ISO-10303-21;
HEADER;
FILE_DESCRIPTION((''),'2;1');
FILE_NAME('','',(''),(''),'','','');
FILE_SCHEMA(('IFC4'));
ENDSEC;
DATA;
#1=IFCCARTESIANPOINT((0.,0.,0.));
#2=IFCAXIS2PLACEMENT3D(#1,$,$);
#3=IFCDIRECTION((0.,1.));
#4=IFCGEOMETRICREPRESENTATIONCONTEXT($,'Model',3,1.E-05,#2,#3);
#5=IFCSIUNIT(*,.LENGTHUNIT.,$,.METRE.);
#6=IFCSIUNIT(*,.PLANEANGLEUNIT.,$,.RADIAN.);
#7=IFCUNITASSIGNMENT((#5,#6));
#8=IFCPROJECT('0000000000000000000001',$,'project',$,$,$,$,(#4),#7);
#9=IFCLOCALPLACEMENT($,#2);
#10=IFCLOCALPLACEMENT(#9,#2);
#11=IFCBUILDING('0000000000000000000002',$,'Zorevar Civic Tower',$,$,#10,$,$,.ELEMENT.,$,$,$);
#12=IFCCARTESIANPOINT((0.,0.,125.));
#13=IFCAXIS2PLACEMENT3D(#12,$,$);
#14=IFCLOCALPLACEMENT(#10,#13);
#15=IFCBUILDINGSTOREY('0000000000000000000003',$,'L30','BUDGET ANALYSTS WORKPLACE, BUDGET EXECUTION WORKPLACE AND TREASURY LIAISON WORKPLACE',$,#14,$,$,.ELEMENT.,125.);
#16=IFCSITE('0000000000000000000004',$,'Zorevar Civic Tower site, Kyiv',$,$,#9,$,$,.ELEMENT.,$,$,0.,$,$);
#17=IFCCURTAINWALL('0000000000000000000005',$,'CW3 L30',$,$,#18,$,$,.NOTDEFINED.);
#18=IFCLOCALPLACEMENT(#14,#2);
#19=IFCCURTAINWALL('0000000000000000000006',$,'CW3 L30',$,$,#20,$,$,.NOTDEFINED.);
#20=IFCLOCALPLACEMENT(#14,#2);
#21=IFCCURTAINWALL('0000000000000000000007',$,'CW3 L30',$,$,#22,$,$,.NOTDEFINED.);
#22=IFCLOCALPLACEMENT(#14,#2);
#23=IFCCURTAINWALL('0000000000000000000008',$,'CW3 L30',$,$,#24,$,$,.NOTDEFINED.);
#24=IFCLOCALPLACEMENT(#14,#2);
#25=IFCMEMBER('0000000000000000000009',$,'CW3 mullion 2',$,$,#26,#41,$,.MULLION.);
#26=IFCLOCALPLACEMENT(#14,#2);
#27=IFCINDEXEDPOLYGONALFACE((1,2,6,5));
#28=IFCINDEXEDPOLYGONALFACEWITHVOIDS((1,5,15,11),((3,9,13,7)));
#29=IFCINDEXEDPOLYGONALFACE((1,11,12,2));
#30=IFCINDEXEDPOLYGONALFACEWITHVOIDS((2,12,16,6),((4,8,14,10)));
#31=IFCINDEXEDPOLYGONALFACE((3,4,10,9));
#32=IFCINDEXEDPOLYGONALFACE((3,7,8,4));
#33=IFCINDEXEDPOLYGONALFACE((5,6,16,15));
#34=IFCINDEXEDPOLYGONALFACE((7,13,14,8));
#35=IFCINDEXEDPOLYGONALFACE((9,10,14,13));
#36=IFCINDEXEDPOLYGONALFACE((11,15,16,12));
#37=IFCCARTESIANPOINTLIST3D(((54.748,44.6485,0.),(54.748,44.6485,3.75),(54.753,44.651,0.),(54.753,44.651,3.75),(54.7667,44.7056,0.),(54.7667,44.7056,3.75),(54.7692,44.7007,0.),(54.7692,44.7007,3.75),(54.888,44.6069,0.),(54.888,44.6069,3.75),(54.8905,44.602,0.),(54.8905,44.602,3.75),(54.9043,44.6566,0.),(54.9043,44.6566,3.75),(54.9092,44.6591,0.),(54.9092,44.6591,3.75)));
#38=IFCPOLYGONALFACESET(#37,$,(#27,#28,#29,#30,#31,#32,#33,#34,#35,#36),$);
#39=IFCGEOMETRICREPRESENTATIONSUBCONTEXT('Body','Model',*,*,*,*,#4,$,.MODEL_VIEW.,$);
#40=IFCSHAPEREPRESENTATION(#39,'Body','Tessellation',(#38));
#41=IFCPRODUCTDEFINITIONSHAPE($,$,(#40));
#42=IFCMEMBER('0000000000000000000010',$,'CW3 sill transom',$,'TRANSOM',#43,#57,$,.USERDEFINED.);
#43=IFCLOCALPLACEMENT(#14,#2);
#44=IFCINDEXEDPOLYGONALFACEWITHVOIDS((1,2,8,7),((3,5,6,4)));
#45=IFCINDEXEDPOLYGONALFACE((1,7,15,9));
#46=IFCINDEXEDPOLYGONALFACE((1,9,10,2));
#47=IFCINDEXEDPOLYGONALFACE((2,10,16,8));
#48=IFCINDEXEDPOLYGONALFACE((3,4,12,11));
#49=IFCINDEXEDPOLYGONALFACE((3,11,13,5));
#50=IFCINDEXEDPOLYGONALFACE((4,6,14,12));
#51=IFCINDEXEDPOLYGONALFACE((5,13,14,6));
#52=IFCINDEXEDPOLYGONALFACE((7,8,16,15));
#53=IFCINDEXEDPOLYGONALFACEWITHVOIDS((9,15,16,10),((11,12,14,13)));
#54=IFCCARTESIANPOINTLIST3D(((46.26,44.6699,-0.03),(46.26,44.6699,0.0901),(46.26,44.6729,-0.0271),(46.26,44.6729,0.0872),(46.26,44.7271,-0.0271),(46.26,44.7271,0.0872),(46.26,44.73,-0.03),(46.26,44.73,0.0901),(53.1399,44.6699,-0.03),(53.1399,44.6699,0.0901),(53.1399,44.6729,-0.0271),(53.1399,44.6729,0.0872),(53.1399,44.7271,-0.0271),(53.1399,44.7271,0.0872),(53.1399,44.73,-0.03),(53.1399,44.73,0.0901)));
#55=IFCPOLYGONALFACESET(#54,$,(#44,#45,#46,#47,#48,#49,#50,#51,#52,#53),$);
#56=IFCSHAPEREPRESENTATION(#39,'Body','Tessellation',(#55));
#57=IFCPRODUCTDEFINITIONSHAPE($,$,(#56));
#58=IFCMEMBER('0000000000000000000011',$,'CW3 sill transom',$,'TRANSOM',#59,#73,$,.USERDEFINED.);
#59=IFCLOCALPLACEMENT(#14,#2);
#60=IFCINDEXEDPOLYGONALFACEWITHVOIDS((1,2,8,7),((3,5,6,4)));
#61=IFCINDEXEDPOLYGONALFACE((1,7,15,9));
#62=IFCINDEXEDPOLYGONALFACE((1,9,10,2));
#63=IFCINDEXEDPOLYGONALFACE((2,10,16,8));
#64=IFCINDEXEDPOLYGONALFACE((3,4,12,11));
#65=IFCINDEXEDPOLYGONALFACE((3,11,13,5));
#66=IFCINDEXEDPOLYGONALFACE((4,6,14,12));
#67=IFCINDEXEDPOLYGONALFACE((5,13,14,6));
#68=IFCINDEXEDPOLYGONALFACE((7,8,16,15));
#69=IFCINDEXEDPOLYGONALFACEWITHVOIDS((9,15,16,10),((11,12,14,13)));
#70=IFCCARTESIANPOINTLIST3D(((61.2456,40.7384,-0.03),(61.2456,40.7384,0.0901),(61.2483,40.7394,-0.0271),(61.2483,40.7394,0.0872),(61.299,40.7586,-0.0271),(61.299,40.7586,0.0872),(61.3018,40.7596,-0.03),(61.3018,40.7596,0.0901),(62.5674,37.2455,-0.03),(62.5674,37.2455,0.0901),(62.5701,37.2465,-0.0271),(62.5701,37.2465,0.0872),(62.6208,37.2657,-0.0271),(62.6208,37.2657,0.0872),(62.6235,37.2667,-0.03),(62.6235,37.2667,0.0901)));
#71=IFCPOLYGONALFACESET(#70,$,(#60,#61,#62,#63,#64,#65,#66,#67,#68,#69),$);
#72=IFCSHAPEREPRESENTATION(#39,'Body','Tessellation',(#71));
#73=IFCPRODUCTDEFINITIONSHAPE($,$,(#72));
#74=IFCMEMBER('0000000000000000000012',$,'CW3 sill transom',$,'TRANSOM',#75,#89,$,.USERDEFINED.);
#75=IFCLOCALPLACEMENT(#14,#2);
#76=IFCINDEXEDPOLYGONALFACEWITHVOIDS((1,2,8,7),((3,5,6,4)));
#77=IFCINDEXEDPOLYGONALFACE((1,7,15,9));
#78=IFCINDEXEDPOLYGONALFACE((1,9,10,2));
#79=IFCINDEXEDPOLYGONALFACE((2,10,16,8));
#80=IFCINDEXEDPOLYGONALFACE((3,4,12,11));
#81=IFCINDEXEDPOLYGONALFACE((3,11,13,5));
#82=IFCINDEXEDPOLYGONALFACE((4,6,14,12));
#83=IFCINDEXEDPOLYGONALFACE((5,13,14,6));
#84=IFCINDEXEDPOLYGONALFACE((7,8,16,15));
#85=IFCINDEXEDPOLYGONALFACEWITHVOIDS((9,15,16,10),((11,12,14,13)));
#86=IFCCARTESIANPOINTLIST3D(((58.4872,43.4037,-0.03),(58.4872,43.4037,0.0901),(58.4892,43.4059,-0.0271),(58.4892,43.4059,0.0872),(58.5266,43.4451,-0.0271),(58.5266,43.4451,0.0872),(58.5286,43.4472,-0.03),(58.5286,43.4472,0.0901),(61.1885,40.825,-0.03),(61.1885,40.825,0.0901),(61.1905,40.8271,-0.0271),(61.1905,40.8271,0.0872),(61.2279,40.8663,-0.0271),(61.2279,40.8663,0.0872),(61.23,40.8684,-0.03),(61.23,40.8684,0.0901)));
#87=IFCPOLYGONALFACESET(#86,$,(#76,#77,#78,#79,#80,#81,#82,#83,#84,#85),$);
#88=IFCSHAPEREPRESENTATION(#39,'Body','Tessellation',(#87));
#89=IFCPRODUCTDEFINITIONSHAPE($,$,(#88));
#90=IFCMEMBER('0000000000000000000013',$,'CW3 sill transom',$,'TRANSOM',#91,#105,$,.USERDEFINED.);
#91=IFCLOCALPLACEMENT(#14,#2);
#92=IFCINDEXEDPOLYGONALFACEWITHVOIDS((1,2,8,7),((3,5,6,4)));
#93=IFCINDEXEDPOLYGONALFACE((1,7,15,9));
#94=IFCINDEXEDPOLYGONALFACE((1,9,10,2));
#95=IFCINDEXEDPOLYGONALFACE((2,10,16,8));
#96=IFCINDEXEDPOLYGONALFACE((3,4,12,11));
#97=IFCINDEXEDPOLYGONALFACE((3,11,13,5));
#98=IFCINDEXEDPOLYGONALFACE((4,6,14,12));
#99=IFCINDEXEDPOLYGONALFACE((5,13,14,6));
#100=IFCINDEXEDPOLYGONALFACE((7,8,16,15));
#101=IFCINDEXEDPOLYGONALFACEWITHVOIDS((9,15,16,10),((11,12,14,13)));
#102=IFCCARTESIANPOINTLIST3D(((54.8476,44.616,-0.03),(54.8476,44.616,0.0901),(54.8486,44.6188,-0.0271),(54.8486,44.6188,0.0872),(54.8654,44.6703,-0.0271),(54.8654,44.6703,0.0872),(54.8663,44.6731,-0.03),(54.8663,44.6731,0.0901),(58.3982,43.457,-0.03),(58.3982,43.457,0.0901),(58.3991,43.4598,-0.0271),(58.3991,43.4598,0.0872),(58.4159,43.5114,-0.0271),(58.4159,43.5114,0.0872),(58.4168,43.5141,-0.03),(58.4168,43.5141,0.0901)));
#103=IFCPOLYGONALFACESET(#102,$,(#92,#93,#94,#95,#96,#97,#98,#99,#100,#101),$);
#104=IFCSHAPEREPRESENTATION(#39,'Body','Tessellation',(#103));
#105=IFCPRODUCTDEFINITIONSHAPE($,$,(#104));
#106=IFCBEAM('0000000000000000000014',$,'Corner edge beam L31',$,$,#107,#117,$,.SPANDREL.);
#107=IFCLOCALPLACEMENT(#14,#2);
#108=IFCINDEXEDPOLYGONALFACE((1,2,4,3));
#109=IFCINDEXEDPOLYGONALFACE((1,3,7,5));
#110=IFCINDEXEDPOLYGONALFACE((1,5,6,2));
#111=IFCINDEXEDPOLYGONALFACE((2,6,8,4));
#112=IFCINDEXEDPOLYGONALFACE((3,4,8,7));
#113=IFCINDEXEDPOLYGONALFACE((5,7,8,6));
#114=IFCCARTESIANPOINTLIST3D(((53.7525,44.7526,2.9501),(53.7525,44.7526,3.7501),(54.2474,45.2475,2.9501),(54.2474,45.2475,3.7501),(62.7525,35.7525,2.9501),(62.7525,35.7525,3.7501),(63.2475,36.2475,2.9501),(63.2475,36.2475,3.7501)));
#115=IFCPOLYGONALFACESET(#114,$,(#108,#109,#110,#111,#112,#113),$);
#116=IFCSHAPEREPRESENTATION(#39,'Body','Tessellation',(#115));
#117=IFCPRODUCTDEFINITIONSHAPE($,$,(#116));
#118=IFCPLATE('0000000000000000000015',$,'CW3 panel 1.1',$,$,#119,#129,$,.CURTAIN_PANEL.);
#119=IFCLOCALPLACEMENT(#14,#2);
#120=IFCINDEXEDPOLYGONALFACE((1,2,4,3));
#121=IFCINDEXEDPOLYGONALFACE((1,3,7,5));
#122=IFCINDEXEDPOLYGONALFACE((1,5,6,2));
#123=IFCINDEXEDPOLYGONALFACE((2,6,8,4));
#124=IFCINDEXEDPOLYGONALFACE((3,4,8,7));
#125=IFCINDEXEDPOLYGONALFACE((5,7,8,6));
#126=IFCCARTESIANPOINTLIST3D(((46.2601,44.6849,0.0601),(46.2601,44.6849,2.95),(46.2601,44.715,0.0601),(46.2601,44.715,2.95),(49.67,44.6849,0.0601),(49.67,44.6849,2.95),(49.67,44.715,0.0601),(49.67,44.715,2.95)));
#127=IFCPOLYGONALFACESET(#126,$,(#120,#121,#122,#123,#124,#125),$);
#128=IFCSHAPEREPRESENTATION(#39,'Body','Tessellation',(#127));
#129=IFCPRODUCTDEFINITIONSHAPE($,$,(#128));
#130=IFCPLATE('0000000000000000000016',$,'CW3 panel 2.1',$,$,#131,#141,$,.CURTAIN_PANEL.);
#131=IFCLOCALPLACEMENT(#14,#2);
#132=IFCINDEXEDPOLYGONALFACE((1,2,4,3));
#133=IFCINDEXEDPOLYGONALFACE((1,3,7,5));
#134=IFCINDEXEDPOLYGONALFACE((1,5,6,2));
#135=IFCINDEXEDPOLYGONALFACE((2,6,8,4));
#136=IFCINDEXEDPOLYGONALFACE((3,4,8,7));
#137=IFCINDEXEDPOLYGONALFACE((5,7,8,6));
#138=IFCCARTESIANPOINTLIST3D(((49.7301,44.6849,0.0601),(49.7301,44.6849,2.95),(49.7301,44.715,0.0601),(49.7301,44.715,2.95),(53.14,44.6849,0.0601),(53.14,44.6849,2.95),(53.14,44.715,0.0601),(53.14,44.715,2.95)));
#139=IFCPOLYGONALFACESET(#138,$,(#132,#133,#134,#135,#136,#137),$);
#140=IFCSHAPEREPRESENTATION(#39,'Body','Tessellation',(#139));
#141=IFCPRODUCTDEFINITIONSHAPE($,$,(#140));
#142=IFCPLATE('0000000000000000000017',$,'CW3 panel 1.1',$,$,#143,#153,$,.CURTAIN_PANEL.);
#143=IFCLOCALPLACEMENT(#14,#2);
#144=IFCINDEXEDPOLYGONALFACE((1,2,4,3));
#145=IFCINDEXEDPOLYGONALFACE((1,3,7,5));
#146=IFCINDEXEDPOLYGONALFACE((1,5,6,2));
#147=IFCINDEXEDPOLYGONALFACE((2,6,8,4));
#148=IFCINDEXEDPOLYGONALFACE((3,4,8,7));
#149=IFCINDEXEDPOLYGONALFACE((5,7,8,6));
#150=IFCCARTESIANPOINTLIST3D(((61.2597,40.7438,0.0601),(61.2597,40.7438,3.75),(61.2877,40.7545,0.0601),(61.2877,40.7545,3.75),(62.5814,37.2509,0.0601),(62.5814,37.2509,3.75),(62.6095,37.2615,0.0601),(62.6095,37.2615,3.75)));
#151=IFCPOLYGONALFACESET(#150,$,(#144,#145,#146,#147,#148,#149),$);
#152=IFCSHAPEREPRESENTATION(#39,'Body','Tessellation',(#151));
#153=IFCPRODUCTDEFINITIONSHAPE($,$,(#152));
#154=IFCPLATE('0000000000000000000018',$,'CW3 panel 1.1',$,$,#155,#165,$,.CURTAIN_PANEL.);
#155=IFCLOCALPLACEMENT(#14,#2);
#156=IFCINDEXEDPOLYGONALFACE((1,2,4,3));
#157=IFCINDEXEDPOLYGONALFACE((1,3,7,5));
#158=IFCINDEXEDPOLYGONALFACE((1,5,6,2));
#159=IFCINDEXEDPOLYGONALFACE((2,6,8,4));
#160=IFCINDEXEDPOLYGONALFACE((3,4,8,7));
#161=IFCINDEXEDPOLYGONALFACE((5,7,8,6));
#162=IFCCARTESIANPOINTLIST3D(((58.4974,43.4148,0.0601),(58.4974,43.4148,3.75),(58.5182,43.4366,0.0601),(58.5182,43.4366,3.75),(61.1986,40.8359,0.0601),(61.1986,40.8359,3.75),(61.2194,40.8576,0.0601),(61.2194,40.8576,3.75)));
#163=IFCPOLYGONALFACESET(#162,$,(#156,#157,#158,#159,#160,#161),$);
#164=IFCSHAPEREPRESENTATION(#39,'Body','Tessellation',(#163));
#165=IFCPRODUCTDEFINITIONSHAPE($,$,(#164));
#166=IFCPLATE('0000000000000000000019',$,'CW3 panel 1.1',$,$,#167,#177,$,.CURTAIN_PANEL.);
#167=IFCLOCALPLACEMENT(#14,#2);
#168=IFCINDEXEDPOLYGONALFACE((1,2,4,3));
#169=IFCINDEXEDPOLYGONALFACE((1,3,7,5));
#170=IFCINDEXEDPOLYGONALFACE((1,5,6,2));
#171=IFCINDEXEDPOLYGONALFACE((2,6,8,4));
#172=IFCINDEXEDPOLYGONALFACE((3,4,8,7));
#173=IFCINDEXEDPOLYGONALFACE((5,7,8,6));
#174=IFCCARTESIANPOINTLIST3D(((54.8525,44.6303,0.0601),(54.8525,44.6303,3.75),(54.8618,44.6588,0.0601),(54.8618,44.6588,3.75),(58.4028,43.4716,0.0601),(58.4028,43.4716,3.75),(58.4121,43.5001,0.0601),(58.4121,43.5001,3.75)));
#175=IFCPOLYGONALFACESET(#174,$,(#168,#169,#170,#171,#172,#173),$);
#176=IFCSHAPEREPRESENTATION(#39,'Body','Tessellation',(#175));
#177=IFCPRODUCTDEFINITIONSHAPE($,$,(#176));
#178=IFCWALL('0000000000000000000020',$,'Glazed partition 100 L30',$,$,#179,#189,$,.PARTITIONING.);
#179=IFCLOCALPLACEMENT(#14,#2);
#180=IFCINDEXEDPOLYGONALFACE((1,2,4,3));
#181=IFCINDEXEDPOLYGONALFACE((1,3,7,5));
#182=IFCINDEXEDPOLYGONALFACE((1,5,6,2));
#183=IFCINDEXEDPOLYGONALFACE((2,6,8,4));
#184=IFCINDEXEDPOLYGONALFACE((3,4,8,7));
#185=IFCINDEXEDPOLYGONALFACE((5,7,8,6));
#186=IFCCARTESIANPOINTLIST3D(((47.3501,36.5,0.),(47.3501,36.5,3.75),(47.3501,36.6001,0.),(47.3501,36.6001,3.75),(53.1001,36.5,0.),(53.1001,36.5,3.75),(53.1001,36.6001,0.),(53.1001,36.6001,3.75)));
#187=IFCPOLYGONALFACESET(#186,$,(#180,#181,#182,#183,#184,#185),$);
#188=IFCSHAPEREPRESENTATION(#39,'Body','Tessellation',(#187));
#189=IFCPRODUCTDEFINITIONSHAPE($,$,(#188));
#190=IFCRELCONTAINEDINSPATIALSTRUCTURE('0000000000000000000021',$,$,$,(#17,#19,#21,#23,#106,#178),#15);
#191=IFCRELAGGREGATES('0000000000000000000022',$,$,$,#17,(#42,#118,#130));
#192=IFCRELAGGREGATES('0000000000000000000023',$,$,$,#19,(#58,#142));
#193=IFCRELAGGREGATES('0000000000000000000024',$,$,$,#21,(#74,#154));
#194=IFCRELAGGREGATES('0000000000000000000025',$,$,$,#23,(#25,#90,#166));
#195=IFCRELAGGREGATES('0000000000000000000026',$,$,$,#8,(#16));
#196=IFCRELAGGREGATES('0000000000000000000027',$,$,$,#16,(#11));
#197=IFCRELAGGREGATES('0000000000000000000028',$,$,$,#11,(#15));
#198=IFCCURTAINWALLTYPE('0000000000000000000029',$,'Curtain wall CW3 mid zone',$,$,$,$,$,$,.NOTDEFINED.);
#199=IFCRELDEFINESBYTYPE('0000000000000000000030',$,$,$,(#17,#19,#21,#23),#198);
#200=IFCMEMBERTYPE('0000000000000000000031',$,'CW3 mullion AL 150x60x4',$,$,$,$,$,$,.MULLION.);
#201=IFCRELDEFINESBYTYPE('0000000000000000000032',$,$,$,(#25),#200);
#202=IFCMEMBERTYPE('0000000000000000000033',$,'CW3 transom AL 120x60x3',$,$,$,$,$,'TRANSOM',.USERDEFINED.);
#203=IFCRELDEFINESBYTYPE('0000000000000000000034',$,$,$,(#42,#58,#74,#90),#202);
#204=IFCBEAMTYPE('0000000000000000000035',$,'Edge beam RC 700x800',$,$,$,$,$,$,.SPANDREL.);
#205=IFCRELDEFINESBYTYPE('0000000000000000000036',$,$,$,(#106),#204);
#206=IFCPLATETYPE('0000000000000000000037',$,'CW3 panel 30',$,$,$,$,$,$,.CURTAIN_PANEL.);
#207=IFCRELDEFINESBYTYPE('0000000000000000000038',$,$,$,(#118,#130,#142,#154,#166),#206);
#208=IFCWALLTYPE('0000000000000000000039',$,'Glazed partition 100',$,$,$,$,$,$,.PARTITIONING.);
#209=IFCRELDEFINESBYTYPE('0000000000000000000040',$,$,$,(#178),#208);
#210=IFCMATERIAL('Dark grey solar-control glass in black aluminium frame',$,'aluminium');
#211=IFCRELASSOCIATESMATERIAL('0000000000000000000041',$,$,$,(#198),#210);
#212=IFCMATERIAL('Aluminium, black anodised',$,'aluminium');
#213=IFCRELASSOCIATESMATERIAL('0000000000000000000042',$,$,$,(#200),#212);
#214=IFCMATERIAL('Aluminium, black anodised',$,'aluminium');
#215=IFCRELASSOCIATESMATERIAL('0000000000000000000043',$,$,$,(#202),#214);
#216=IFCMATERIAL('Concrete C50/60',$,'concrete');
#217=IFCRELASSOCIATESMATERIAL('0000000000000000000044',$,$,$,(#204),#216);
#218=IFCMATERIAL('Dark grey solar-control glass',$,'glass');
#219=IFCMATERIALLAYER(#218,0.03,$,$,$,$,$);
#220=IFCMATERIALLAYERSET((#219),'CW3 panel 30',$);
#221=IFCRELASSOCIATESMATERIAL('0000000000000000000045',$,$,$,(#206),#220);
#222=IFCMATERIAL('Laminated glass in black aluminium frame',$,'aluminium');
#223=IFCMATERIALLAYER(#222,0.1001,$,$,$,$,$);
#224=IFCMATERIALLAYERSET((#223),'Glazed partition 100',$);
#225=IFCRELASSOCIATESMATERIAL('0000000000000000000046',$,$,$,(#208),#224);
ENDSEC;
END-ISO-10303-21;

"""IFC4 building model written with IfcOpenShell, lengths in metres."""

from ifc_helpers import new_model, si_unit, direction, frame, frame_2d, origin, origin_2d, place, context, subcontext, project, spatial, rectangle, hollow_rectangle, extrude, material, layer, layer_set, material_profile, profile_set, type_object, element, aggregate, save


model = new_model("IFC4")

# Units and contexts
model_context = context("Model", 3, precision=1e-05, world=origin(), true_north=direction((0.0, 1.0)))
body_context = subcontext(model_context, "Body", "Model", "MODEL_VIEW")
ifc_project = project(units=[si_unit("LENGTHUNIT", "METRE"), si_unit("PLANEANGLEUNIT", "RADIAN")], contexts=[model_context])

# Site, building, storey
site_placement = place(None, origin())
site = spatial("IfcSite", under=ifc_project, at=site_placement, Name="Zorevar Civic Tower site, Kyiv", CompositionType="ELEMENT", RefElevation=0.0)
building_placement = place(site_placement, origin())
building = spatial("IfcBuilding", under=site, at=building_placement, Name="Zorevar Civic Tower", CompositionType="ELEMENT")
storey_placement = place(building_placement, frame((0.0, 0.0, 125.0)))
storey = spatial("IfcBuildingStorey", under=building, at=storey_placement, Name="L30", Description="BUDGET ANALYSTS WORKPLACE, BUDGET EXECUTION WORKPLACE AND TREASURY LIAISON WORKPLACE", CompositionType="ELEMENT", Elevation=125.0)

# Curtain walls, member
ifc_material_1 = material(Name="Dark grey solar-control glass in black aluminium frame", Category="aluminium")
curtain_wall_type = type_object("IfcCurtainWallType", Name="Curtain wall CW3 mid zone", PredefinedType="NOTDEFINED", material=ifc_material_1)
curtain_wall_1_placement = place(storey_placement, origin())
curtain_wall_1 = element("IfcCurtainWall", 1, at=curtain_wall_1_placement, inside=storey, type_object=curtain_wall_type, Name="CW3 L30", PredefinedType="NOTDEFINED")
ifc_material_2 = material(Name="Aluminium, black anodised", Category="aluminium")
ifc_material_profile_1 = material_profile(ifc_material_2, hollow_rectangle(XDim=0.0601, YDim=0.1499, WallThickness=0.0039, at=origin_2d()), Name="AL 150x60x4")
ifc_profile_set_1 = profile_set([ifc_material_profile_1], Name="Aluminium, black anodised")
member_type_1 = type_object("IfcMemberType", Name="CW3 mullion AL 150x60x4", PredefinedType="MULLION", material=ifc_profile_set_1)
curtain_wall_2_placement = place(storey_placement, origin())
curtain_wall_2 = element("IfcCurtainWall", 2, at=curtain_wall_2_placement, inside=storey, type_object=curtain_wall_type, Name="CW3 L30", PredefinedType="NOTDEFINED")
curtain_wall_3_placement = place(storey_placement, origin())
curtain_wall_3 = element("IfcCurtainWall", 3, at=curtain_wall_3_placement, inside=storey, type_object=curtain_wall_type, Name="CW3 L30", PredefinedType="NOTDEFINED")
curtain_wall_4_placement = place(storey_placement, origin())
curtain_wall_4 = element("IfcCurtainWall", 4, at=curtain_wall_4_placement, inside=storey, type_object=curtain_wall_type, Name="CW3 L30", PredefinedType="NOTDEFINED")
member_1_placement = place(storey_placement, frame((54.8286, 44.6538, 0.0), z_axis=(0.0, 0.0, 1.0), x_axis=(-0.310263, -0.950651, 0.0)))
member_1 = element("IfcMember", 5, at=member_1_placement, type_object=member_type_1, Name="CW3 mullion 2", PredefinedType="MULLION", context=body_context, shape_type="SweptSolid", body=[
    extrude(hollow_rectangle(XDim=0.0601, YDim=0.1499, WallThickness=0.0039, at=origin_2d()), origin(), (0.0, 0.0, 1.0), 3.75),
])

# Members
ifc_material_3 = material(Name="Aluminium, black anodised", Category="aluminium")
ifc_material_profile_2 = material_profile(ifc_material_3, hollow_rectangle(XDim=0.0601, YDim=0.1201, WallThickness=0.0029, at=origin_2d()), Name="AL 120x60x3")
ifc_profile_set_2 = profile_set([ifc_material_profile_2], Name="Aluminium, black anodised")
member_type_2 = type_object("IfcMemberType", Name="CW3 transom AL 120x60x3", ElementType="TRANSOM", PredefinedType="USERDEFINED", material=ifc_profile_set_2)
member_2_placement = place(storey_placement, frame((46.26, 44.7, 0.03), z_axis=(1.0, 0.0, 0.0), x_axis=(0.0, 1.0, 0.0)))
member_2 = element("IfcMember", 6, at=member_2_placement, type_object=member_type_2, Name="CW3 sill transom", ObjectType="TRANSOM", PredefinedType="USERDEFINED", context=body_context, shape_type="SweptSolid", body=[
    extrude(hollow_rectangle(XDim=0.0601, YDim=0.1201, WallThickness=0.0029, at=origin_2d()), origin(), (0.0, 0.0, 1.0), 6.8799),
])
member_3_placement = place(storey_placement, frame((62.5955, 37.2561, 0.03), z_axis=(-0.353923, 0.935275, 0.0), x_axis=(-0.935275, -0.353923, 0.0)))
member_3 = element("IfcMember", 7, at=member_3_placement, type_object=member_type_2, Name="CW3 sill transom", ObjectType="TRANSOM", PredefinedType="USERDEFINED", context=body_context, shape_type="SweptSolid", body=[
    extrude(hollow_rectangle(XDim=0.0601, YDim=0.1201, WallThickness=0.0029, at=origin_2d()), origin(), (0.0, 0.0, 1.0), 3.7346),
])
member_4_placement = place(storey_placement, frame((61.2092, 40.8467, 0.03), z_axis=(-0.723324, 0.690508, 0.0), x_axis=(-0.690508, -0.723324, 0.0)))
member_4 = element("IfcMember", 8, at=member_4_placement, type_object=member_type_2, Name="CW3 sill transom", ObjectType="TRANSOM", PredefinedType="USERDEFINED", context=body_context, shape_type="SweptSolid", body=[
    extrude(hollow_rectangle(XDim=0.0601, YDim=0.1201, WallThickness=0.0029, at=origin_2d()), origin(), (0.0, 0.0, 1.0), 3.7346),
])
member_5_placement = place(storey_placement, frame((58.4075, 43.4856, 0.03), z_axis=(-0.950639, 0.310299, 0.0), x_axis=(-0.310299, -0.950639, 0.0)))
member_5 = element("IfcMember", 9, at=member_5_placement, type_object=member_type_2, Name="CW3 sill transom", ObjectType="TRANSOM", PredefinedType="USERDEFINED", context=body_context, shape_type="SweptSolid", body=[
    extrude(hollow_rectangle(XDim=0.0601, YDim=0.1201, WallThickness=0.0029, at=origin_2d()), origin(), (0.0, 0.0, 1.0), 3.7349),
])

# Beam
ifc_material_4 = material(Name="Concrete C50/60", Category="concrete")
ifc_material_profile_3 = material_profile(ifc_material_4, rectangle(XDim=0.7, YDim=0.8, at=origin_2d()), Name="RC 700x800")
ifc_profile_set_3 = profile_set([ifc_material_profile_3], Name="Concrete C50/60")
beam_type_1 = type_object("IfcBeamType", Name="Edge beam RC 700x800", PredefinedType="SPANDREL", material=ifc_profile_set_3)
beam_1_placement = place(storey_placement, frame((63.0, 36.0, 3.3501), z_axis=(-0.707107, 0.707107, 0.0), x_axis=(-0.707107, -0.707107, 0.0)))
element("IfcBeam", 10, at=beam_1_placement, inside=storey, type_object=beam_type_1, Name="Corner edge beam L31", PredefinedType="SPANDREL", context=body_context, shape_type="SweptSolid", body=[
    extrude(rectangle(XDim=0.7, YDim=0.8, at=origin_2d()), origin(), (0.0, 0.0, 1.0), 12.728),
])

# Plates
ifc_material_5 = material(Name="Dark grey solar-control glass", Category="glass")
ifc_layer_1 = layer(ifc_material_5, 0.03)
ifc_layer_set_1 = layer_set([ifc_layer_1], Name="CW3 panel 30")
plate_type = type_object("IfcPlateType", Name="CW3 panel 30", PredefinedType="CURTAIN_PANEL", material=ifc_layer_set_1)
plate_1_placement = place(storey_placement, frame((47.9651, 44.7, 0.0601), z_axis=(0.0, 0.0, 1.0), x_axis=(1.0, 0.0, 0.0)))
plate_1 = element("IfcPlate", 11, at=plate_1_placement, type_object=plate_type, Name="CW3 panel 1.1", PredefinedType="CURTAIN_PANEL", context=body_context, shape_type="SweptSolid", body=[
    extrude(rectangle(XDim=3.4099, YDim=0.03, at=origin_2d()), origin(), (0.0, 0.0, 1.0), 2.8899),
])
plate_2_placement = place(storey_placement, frame((51.4351, 44.7, 0.0601), z_axis=(0.0, 0.0, 1.0), x_axis=(1.0, 0.0, 0.0)))
plate_2 = element("IfcPlate", 12, at=plate_2_placement, type_object=plate_type, Name="CW3 panel 2.1", PredefinedType="CURTAIN_PANEL", context=body_context, shape_type="SweptSolid", body=[
    extrude(rectangle(XDim=3.4099, YDim=0.03, at=origin_2d()), origin(), (0.0, 0.0, 1.0), 2.8899),
])
aggregate(curtain_wall_1, [member_2, plate_1, plate_2])
plate_3_placement = place(storey_placement, frame((61.9346, 39.0027, 0.0601), z_axis=(0.0, 0.0, 1.0), x_axis=(-0.353918, 0.935277, 0.0)))
plate_3 = element("IfcPlate", 13, at=plate_3_placement, type_object=plate_type, Name="CW3 panel 1.1", PredefinedType="CURTAIN_PANEL", context=body_context, shape_type="SweptSolid", body=[
    extrude(rectangle(XDim=3.7346, YDim=0.03, at=origin_2d()), origin(), (0.0, 0.0, 1.0), 3.6899),
])
aggregate(curtain_wall_2, [member_3, plate_3])
plate_4_placement = place(storey_placement, frame((59.8584, 42.1362, 0.0601), z_axis=(0.0, 0.0, 1.0), x_axis=(-0.723289, 0.690545, 0.0)))
plate_4 = element("IfcPlate", 14, at=plate_4_placement, type_object=plate_type, Name="CW3 panel 1.1", PredefinedType="CURTAIN_PANEL", context=body_context, shape_type="SweptSolid", body=[
    extrude(rectangle(XDim=3.7346, YDim=0.03, at=origin_2d()), origin(), (0.0, 0.0, 1.0), 3.6899),
])
aggregate(curtain_wall_3, [member_4, plate_4])
plate_5_placement = place(storey_placement, frame((56.6323, 44.0652, 0.0601), z_axis=(0.0, 0.0, 1.0), x_axis=(-0.950651, 0.310263, 0.0)))
plate_5 = element("IfcPlate", 15, at=plate_5_placement, type_object=plate_type, Name="CW3 panel 1.1", PredefinedType="CURTAIN_PANEL", context=body_context, shape_type="SweptSolid", body=[
    extrude(rectangle(XDim=3.7346, YDim=0.03, at=origin_2d()), origin(), (0.0, 0.0, 1.0), 3.6899),
])
aggregate(curtain_wall_4, [member_1, member_5, plate_5])

# Wall
ifc_material_6 = material(Name="Laminated glass in black aluminium frame", Category="aluminium")
ifc_layer_2 = layer(ifc_material_6, 0.1001)
ifc_layer_set_2 = layer_set([ifc_layer_2], Name="Glazed partition 100")
wall_type = type_object("IfcWallType", Name="Glazed partition 100", PredefinedType="PARTITIONING", material=ifc_layer_set_2)
wall_1_placement = place(storey_placement, frame((47.3501, 36.55, 0.0), z_axis=(0.0, 0.0, 1.0), x_axis=(1.0, 0.0, 0.0)))
element("IfcWall", 16, at=wall_1_placement, inside=storey, type_object=wall_type, Name="Glazed partition 100 L30", PredefinedType="PARTITIONING", context=body_context, shape_type="SweptSolid", body=[
    extrude(rectangle(XDim=5.75, YDim=0.1001, at=frame_2d((2.875, 0.0))), origin(), (0.0, 0.0, 1.0), 3.75),
])

save(model, "model.ifc")
